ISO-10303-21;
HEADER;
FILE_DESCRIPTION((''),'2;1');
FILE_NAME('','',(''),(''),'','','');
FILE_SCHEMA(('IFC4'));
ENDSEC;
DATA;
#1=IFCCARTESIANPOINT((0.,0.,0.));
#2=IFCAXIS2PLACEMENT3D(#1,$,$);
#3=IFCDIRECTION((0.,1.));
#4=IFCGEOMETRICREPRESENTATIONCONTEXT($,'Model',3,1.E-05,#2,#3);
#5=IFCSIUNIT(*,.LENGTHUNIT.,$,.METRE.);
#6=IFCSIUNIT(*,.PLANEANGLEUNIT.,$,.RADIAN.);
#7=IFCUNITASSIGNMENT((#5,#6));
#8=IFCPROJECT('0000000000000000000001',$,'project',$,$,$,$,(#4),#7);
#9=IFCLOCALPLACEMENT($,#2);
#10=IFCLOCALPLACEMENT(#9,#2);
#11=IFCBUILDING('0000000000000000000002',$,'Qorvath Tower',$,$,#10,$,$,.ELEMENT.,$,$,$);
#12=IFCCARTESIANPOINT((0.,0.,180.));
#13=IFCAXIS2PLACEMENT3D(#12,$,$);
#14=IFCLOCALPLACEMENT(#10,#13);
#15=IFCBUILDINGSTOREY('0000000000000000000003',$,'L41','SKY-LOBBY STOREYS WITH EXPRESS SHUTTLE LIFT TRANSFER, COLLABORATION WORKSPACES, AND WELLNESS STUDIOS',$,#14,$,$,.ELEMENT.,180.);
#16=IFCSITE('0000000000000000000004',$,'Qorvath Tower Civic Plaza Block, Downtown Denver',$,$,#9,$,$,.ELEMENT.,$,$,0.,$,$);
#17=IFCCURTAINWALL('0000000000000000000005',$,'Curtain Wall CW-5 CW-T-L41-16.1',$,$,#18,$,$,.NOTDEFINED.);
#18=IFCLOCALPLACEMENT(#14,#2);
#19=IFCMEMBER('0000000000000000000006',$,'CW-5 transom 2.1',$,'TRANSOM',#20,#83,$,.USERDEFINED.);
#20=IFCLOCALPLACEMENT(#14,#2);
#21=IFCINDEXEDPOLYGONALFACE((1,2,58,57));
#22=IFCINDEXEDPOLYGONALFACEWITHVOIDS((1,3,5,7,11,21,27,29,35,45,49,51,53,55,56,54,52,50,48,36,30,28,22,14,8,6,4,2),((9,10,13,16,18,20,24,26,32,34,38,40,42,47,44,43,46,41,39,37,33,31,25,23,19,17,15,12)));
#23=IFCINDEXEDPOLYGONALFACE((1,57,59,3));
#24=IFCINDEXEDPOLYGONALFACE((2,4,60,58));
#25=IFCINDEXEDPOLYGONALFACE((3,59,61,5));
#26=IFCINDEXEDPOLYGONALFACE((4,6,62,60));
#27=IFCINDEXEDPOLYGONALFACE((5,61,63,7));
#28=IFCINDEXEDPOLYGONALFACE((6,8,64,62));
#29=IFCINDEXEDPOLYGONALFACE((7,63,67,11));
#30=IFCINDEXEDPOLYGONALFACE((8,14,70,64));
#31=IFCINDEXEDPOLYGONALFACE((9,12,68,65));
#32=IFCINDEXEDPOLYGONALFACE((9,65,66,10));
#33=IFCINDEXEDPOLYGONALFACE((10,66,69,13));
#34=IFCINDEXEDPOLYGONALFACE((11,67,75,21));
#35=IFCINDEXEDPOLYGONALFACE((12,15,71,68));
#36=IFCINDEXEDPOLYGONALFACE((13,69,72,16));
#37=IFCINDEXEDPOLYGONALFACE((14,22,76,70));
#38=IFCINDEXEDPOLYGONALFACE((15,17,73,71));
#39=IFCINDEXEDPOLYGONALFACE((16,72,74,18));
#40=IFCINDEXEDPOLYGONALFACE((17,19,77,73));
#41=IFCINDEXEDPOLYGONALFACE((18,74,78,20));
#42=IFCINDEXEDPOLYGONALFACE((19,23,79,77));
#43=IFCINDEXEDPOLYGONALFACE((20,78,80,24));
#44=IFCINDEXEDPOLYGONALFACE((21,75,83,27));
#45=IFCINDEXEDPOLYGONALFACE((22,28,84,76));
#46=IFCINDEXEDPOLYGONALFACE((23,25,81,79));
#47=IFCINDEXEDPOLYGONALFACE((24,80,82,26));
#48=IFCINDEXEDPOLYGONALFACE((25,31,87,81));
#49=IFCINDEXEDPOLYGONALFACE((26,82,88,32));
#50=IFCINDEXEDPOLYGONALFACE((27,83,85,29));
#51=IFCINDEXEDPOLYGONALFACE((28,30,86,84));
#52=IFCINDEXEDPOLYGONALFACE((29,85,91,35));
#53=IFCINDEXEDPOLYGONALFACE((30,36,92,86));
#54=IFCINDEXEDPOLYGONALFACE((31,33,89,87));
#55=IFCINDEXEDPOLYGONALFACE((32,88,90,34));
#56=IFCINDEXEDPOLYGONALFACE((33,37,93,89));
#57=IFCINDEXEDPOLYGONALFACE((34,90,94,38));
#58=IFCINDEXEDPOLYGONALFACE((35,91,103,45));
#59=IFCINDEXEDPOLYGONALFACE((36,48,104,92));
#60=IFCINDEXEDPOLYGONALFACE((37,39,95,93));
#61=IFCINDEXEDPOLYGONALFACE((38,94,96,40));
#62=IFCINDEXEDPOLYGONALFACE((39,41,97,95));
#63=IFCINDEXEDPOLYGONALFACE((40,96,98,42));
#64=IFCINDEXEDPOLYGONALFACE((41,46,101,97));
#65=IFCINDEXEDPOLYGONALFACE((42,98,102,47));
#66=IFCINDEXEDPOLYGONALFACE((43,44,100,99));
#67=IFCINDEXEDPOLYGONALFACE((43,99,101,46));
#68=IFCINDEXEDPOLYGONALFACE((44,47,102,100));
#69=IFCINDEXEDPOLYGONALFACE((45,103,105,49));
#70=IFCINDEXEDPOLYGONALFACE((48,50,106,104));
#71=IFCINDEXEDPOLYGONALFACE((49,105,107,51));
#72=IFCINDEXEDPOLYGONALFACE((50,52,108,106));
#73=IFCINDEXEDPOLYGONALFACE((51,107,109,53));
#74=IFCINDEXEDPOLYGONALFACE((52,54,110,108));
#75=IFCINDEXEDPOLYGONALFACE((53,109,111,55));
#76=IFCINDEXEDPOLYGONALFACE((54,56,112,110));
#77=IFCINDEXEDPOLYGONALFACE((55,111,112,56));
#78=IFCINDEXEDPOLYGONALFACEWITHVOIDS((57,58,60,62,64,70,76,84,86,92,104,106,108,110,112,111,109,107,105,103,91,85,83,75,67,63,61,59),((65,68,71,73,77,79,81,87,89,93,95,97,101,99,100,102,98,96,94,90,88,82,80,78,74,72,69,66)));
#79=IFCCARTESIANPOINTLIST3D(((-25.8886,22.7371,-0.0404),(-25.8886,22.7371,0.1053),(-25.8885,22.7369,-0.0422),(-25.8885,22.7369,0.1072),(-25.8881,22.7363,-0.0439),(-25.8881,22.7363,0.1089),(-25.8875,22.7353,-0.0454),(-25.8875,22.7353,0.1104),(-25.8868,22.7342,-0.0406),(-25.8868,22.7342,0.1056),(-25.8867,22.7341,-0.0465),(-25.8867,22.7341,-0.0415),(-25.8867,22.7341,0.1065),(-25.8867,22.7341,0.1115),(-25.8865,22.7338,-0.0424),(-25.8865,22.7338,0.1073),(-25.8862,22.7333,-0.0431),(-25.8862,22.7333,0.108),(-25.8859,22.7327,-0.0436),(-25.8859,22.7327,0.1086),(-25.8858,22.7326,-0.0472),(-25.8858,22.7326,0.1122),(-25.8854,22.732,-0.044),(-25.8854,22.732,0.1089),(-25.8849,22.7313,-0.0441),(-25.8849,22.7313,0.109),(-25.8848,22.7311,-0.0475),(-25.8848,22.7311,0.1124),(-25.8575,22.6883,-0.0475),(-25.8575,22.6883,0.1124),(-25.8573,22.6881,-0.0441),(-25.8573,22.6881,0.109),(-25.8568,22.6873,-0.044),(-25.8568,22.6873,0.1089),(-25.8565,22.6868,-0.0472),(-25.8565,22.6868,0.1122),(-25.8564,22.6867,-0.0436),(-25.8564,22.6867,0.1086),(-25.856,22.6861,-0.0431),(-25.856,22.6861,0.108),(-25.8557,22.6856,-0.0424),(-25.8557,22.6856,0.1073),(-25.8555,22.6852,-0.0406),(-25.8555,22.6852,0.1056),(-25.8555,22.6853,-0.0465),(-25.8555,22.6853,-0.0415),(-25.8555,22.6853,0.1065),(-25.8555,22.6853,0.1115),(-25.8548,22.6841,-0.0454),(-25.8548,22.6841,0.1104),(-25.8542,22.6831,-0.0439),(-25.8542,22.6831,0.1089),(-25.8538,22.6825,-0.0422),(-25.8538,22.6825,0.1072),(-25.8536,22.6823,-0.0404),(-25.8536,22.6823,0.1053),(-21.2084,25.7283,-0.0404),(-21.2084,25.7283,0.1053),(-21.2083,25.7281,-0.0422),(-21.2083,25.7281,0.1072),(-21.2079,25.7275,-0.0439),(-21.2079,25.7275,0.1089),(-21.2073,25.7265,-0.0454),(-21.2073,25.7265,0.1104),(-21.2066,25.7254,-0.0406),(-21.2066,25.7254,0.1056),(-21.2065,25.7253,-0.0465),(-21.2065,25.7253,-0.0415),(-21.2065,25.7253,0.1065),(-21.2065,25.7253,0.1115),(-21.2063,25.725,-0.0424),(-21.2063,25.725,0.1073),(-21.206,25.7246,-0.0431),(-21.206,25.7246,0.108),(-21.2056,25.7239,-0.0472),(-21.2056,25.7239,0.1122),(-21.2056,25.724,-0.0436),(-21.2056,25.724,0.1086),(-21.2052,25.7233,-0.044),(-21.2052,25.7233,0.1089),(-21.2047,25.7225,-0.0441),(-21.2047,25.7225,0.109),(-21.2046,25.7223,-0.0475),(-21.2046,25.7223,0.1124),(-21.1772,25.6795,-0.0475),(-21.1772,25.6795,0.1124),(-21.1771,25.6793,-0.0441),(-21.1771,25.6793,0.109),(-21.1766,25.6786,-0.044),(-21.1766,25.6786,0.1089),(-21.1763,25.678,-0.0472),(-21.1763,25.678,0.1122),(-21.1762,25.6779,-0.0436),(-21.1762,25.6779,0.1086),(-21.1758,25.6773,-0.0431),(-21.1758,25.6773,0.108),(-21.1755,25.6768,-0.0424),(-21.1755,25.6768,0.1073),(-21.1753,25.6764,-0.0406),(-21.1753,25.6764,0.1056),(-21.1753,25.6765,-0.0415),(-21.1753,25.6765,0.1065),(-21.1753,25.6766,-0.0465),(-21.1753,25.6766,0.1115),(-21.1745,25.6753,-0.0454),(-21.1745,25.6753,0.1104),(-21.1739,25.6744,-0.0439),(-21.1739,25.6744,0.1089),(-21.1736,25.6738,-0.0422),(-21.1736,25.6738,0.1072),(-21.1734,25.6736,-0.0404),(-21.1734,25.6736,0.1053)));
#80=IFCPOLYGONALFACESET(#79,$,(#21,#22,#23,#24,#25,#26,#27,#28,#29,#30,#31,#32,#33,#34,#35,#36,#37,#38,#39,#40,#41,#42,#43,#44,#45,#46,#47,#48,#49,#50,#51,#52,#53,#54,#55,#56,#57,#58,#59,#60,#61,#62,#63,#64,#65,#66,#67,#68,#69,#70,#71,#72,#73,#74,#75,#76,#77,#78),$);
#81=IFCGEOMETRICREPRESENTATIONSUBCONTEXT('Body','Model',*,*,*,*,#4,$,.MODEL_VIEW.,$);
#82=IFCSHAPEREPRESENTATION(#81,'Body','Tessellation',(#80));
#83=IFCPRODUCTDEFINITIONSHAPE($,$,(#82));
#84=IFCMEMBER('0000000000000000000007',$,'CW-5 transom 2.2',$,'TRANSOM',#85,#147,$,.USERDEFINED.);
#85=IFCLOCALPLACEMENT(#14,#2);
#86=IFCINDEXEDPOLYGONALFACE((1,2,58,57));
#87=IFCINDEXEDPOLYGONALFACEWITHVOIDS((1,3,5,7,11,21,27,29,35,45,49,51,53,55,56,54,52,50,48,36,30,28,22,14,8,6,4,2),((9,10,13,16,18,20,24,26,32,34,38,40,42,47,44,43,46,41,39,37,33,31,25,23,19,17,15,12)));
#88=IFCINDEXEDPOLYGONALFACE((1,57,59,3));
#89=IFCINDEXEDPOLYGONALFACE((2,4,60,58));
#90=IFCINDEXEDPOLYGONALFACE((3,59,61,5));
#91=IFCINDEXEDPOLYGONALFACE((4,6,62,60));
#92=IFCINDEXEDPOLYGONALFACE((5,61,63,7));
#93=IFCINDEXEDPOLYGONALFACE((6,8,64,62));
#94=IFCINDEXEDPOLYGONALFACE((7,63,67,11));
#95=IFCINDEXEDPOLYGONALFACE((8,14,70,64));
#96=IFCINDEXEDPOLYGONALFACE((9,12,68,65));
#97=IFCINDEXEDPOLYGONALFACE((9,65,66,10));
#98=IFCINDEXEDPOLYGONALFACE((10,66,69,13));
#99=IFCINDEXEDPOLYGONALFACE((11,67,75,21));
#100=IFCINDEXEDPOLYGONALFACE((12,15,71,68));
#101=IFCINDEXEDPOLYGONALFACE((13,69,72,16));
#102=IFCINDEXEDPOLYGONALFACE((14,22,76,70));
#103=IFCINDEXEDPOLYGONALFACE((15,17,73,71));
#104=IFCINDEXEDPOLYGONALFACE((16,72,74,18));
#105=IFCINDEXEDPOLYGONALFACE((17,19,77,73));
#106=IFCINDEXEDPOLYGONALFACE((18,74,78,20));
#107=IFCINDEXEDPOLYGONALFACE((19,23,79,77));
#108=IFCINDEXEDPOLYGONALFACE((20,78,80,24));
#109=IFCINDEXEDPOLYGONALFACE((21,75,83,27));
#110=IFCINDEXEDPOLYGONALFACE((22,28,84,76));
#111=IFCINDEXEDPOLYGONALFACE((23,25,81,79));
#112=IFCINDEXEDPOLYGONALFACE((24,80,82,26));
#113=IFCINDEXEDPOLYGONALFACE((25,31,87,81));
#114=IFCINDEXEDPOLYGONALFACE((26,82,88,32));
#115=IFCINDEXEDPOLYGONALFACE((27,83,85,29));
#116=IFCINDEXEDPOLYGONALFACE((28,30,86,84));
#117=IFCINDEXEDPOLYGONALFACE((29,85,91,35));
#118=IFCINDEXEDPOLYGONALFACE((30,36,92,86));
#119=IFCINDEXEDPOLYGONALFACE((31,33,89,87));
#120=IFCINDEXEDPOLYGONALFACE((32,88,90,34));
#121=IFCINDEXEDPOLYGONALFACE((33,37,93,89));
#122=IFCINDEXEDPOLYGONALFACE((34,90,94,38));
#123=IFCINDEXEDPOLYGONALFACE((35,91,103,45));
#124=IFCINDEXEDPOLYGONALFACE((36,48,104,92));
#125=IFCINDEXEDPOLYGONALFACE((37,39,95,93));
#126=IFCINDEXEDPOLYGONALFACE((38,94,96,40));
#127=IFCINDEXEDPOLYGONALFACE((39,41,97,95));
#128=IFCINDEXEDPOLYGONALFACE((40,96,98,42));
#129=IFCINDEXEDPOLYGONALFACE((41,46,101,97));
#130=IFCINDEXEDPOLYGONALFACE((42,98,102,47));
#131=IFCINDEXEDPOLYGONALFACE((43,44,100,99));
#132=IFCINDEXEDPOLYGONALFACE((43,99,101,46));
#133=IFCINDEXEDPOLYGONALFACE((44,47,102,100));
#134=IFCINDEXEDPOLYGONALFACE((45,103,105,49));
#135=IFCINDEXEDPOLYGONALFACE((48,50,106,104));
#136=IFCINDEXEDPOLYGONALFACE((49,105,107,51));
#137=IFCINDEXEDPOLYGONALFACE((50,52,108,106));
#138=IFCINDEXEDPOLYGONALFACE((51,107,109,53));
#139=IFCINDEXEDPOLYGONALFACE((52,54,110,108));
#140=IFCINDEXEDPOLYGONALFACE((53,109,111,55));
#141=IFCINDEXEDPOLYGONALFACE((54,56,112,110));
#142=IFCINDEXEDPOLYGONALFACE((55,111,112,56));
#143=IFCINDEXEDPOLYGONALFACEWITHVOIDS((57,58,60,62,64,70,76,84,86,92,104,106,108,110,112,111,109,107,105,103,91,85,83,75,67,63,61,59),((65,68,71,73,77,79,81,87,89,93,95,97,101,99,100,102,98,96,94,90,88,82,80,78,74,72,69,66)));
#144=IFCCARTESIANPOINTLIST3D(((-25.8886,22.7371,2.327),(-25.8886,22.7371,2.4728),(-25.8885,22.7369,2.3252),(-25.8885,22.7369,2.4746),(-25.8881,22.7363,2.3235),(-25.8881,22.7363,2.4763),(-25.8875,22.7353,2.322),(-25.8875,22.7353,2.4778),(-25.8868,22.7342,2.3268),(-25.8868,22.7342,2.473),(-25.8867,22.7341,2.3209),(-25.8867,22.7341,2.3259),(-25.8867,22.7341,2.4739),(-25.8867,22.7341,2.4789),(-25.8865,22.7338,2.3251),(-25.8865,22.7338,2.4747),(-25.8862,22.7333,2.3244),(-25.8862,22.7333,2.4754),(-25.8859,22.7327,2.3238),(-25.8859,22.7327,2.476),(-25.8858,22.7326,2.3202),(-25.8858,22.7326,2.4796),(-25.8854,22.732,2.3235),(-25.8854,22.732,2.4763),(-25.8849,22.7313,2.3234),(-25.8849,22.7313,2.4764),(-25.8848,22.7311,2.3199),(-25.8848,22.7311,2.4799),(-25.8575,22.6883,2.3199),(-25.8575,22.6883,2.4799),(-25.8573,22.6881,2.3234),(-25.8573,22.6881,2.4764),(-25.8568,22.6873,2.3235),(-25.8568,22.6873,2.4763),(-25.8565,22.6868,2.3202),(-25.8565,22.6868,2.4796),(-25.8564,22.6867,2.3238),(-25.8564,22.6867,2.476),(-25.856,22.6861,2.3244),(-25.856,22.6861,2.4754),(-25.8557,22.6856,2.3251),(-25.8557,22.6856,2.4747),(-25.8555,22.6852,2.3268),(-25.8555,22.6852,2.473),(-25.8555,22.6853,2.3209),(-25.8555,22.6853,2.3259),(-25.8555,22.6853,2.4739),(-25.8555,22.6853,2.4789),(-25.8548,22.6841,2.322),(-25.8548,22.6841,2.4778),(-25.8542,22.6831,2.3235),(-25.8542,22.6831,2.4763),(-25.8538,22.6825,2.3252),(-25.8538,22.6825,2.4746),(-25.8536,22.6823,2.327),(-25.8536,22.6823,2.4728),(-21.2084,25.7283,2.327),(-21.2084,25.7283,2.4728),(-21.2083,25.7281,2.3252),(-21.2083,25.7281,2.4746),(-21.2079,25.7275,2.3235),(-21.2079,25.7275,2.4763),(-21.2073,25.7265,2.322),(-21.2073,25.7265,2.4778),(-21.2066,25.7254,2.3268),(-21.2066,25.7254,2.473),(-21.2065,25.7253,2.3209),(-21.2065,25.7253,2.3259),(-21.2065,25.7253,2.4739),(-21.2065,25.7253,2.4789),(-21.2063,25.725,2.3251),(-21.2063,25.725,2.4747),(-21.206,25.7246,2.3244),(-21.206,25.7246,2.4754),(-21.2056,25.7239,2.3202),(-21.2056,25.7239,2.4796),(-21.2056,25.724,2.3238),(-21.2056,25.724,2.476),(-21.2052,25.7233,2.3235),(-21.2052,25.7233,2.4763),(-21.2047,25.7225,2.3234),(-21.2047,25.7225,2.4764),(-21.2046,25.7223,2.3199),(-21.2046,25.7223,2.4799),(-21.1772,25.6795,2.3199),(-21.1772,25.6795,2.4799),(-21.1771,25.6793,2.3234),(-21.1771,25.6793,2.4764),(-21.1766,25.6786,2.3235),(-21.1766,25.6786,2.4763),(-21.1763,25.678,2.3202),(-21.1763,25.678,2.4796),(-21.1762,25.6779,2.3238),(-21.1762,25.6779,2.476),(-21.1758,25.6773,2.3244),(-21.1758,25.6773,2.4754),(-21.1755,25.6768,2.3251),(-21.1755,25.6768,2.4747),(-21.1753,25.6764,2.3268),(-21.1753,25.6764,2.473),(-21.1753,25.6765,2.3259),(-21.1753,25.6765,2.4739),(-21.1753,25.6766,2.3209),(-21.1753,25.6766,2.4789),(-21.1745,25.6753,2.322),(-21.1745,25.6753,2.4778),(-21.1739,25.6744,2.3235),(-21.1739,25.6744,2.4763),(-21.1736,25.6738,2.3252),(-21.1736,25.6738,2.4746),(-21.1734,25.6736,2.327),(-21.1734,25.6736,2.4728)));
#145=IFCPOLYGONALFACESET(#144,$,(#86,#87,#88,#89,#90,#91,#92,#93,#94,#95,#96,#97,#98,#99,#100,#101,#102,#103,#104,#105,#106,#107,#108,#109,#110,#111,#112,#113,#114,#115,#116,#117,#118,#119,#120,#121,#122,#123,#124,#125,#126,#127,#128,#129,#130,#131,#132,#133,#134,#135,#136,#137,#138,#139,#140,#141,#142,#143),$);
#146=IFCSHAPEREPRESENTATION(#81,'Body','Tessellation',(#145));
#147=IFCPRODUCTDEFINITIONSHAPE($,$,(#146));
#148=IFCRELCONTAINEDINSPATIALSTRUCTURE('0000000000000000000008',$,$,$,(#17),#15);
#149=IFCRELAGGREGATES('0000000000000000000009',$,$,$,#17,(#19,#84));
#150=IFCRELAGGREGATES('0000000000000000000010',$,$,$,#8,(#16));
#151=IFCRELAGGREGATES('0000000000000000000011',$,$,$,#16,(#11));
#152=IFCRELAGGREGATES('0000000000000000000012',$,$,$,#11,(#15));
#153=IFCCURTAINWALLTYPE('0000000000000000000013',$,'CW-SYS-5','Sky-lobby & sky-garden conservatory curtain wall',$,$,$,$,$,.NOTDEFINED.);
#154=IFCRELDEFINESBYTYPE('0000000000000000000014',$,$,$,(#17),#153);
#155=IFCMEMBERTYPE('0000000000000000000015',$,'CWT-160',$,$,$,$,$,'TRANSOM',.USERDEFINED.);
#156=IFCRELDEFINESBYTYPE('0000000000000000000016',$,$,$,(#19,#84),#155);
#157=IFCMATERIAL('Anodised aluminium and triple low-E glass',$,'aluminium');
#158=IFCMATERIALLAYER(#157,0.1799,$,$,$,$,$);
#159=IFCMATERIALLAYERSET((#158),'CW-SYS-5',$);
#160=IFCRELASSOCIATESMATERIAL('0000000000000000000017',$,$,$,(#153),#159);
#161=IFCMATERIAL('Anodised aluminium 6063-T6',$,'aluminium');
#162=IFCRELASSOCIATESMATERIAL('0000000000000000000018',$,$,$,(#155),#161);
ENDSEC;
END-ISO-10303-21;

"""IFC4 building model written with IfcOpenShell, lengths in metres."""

from ifc_helpers import new_model, si_unit, direction, frame, origin, origin_2d, place, context, subcontext, project, spatial, hollow_rectangle, extrude, material, layer, layer_set, material_profile, profile_set, type_object, element, aggregate, save


model = new_model("IFC4")

# Units and contexts
model_context = context("Model", 3, precision=1e-05, world=origin(), true_north=direction((0.0, 1.0)))
body_context = subcontext(model_context, "Body", "Model", "MODEL_VIEW")
ifc_project = project(units=[si_unit("LENGTHUNIT", "METRE"), si_unit("PLANEANGLEUNIT", "RADIAN")], contexts=[model_context])

# Site, building, storey
site_placement = place(None, origin())
site = spatial("IfcSite", under=ifc_project, at=site_placement, Name="Qorvath Tower Civic Plaza Block, Downtown Denver", CompositionType="ELEMENT", RefElevation=0.0)
building_placement = place(site_placement, origin())
building = spatial("IfcBuilding", under=site, at=building_placement, Name="Qorvath Tower", CompositionType="ELEMENT")
storey_placement = place(building_placement, frame((0.0, 0.0, 180.0)))
storey = spatial("IfcBuildingStorey", under=building, at=storey_placement, Name="L41", Description="SKY-LOBBY STOREYS WITH EXPRESS SHUTTLE LIFT TRANSFER, COLLABORATION WORKSPACES, AND WELLNESS STUDIOS", CompositionType="ELEMENT", Elevation=180.0)

# Curtain wall, members
ifc_material_1 = material(Name="Anodised aluminium and triple low-E glass", Category="aluminium")
ifc_layer_1 = layer(ifc_material_1, 0.1799)
ifc_layer_set_1 = layer_set([ifc_layer_1], Name="CW-SYS-5")
curtain_wall_type = type_object("IfcCurtainWallType", Name="CW-SYS-5", Description="Sky-lobby & sky-garden conservatory curtain wall", PredefinedType="NOTDEFINED", material=ifc_layer_set_1)
curtain_wall_placement = place(storey_placement, origin())
curtain_wall = element("IfcCurtainWall", 1, at=curtain_wall_placement, inside=storey, type_object=curtain_wall_type, Name="Curtain Wall CW-5 CW-T-L41-16.1", PredefinedType="NOTDEFINED")
ifc_material_2 = material(Name="Anodised aluminium 6063-T6", Category="aluminium")
ifc_material_profile_1 = material_profile(ifc_material_2, hollow_rectangle(XDim=0.0649, YDim=0.1599, WallThickness=0.0034, InnerFilletRadius=0.0034, OuterFilletRadius=0.0071, at=origin_2d()), Name="CWT 160x65")
ifc_profile_set_1 = profile_set([ifc_material_profile_1], Name="Anodised aluminium 6063-T6")
member_type_1 = type_object("IfcMemberType", Name="CWT-160", ElementType="TRANSOM", PredefinedType="USERDEFINED", material=ifc_profile_set_1)
member_1_placement = place(storey_placement, frame((-21.1909, 25.7009, 0.0325), z_axis=(-0.842607, -0.53853, 0.0), x_axis=(0.53853, -0.842607, 0.0)))
member_1 = element("IfcMember", 2, at=member_1_placement, type_object=member_type_1, Name="CW-5 transom 2.1", ObjectType="TRANSOM", PredefinedType="USERDEFINED", context=body_context, shape_type="SweptSolid", body=[
    extrude(hollow_rectangle(XDim=0.0649, YDim=0.1599, WallThickness=0.0034, InnerFilletRadius=0.0034, OuterFilletRadius=0.0071, at=origin_2d()), origin(), (0.0, 0.0, 1.0), 5.5544),
])
member_2_placement = place(storey_placement, frame((-21.1909, 25.7009, 2.3999), z_axis=(-0.842607, -0.53853, 0.0), x_axis=(0.53853, -0.842607, 0.0)))
member_2 = element("IfcMember", 3, at=member_2_placement, type_object=member_type_1, Name="CW-5 transom 2.2", ObjectType="TRANSOM", PredefinedType="USERDEFINED", context=body_context, shape_type="SweptSolid", body=[
    extrude(hollow_rectangle(XDim=0.0649, YDim=0.1599, WallThickness=0.0034, InnerFilletRadius=0.0034, OuterFilletRadius=0.0071, at=origin_2d()), origin(), (0.0, 0.0, 1.0), 5.5544),
])

aggregate(curtain_wall, [member_1, member_2])

save(model, "model.ifc")
